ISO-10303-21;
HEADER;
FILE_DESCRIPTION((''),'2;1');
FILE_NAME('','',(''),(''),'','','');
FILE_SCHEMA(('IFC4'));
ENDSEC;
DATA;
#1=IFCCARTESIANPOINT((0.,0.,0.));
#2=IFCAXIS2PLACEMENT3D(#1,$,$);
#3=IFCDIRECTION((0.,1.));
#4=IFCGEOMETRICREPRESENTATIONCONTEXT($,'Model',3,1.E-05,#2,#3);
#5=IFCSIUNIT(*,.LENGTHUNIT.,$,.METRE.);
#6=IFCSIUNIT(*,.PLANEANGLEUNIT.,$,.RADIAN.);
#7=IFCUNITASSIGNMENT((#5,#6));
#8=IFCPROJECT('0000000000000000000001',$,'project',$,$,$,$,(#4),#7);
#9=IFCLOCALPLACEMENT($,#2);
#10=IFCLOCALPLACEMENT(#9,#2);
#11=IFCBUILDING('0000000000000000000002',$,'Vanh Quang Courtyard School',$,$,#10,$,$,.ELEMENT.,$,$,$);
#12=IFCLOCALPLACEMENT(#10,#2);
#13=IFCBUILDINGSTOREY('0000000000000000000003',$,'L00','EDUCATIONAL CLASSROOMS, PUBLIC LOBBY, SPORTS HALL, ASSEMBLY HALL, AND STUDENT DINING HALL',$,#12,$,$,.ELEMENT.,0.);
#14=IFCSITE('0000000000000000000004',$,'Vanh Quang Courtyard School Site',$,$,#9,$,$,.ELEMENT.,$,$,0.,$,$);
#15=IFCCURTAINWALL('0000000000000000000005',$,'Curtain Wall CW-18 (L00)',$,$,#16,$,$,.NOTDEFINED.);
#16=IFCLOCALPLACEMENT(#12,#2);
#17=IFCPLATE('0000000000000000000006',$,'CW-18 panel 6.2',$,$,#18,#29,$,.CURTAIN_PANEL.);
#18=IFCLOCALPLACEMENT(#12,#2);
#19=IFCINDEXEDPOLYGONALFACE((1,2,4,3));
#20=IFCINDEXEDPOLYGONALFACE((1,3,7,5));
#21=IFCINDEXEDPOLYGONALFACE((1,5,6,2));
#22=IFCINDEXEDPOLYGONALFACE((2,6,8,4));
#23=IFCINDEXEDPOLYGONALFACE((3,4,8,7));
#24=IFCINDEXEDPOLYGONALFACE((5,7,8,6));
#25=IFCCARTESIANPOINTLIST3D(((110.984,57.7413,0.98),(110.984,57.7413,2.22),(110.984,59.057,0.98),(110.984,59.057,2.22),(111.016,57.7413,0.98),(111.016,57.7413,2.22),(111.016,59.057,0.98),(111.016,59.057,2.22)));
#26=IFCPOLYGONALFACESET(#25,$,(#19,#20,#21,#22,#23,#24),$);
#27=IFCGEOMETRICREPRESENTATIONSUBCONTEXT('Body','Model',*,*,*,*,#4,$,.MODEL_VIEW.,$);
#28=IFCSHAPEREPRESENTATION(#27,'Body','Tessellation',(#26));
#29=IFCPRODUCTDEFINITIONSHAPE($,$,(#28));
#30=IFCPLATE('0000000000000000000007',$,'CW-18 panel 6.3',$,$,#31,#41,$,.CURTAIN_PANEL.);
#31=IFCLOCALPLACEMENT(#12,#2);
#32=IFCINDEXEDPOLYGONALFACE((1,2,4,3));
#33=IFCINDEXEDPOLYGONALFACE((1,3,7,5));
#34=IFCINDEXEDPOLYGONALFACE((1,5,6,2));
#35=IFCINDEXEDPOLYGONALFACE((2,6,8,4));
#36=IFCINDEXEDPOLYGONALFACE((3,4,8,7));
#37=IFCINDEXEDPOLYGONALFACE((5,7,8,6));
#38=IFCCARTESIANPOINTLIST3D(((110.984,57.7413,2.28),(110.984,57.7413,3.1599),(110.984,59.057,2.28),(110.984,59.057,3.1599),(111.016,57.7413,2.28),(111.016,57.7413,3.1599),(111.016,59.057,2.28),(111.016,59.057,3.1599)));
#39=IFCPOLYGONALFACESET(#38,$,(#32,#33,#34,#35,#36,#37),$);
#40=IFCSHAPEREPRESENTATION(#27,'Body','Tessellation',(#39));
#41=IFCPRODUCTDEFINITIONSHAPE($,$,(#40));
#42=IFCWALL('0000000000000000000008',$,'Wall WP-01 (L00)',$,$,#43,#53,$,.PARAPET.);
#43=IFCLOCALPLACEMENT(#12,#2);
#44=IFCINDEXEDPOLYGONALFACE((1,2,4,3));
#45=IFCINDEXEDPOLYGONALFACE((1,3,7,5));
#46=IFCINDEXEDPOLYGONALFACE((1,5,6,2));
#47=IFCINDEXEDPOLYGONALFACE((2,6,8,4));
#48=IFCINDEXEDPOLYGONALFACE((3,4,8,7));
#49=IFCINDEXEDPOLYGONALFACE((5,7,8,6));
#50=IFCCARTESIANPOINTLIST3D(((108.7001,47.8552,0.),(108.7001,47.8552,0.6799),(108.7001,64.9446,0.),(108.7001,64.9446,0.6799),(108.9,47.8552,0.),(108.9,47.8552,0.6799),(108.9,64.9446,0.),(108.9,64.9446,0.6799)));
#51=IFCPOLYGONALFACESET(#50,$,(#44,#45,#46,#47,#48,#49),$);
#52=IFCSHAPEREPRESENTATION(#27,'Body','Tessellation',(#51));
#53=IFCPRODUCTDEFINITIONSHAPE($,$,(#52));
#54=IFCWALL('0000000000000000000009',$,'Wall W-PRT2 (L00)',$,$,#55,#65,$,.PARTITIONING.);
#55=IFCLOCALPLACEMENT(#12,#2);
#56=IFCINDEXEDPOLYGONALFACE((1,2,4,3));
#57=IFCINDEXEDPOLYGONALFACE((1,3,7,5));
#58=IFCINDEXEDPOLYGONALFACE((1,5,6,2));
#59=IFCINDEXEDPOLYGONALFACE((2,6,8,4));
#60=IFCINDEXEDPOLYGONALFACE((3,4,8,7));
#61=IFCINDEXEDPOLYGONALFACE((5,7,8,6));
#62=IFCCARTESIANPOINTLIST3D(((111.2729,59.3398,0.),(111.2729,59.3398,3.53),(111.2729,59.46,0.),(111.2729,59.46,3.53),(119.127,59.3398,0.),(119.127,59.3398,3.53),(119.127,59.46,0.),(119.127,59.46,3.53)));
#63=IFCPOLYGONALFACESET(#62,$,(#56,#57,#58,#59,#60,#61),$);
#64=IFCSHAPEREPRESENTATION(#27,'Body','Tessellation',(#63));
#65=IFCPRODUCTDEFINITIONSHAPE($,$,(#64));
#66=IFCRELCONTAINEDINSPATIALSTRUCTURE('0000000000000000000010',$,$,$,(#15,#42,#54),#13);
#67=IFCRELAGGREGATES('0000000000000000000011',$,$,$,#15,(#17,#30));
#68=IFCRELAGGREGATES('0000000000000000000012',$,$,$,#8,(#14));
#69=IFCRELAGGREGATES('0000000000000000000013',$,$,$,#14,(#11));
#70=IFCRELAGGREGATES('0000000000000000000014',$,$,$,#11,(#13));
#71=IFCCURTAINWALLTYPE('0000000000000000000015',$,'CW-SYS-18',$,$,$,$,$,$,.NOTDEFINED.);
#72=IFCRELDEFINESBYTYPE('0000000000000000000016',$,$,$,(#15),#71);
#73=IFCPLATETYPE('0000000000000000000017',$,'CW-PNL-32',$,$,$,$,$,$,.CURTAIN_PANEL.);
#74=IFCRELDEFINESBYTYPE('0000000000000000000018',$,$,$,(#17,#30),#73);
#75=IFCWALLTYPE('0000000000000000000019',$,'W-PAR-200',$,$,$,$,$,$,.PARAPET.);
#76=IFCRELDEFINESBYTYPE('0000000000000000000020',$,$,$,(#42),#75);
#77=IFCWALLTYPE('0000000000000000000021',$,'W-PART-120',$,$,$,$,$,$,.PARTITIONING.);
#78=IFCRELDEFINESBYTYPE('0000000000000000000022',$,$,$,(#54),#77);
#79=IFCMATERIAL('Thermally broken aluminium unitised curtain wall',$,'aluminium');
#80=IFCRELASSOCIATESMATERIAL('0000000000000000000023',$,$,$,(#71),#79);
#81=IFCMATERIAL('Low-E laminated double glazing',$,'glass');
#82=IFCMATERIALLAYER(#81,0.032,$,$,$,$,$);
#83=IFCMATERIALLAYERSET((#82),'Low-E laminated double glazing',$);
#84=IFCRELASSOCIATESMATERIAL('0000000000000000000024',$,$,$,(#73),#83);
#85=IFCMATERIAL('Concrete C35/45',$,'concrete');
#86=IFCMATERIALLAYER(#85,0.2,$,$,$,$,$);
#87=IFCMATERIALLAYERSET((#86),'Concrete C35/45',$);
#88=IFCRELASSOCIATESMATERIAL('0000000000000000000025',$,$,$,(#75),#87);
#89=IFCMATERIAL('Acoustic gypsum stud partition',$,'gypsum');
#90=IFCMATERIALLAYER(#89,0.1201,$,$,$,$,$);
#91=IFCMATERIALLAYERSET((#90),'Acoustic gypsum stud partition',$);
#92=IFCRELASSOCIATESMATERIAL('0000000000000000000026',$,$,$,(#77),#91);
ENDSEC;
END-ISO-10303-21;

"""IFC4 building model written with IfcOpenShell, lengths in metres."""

from ifc_helpers import new_model, si_unit, direction, frame, frame_2d, origin, origin_2d, place, context, subcontext, project, spatial, rectangle, extrude, material, layer, layer_set, type_object, element, aggregate, save


model = new_model("IFC4")

# Units and contexts
model_context = context("Model", 3, precision=1e-05, world=origin(), true_north=direction((0.0, 1.0)))
body_context = subcontext(model_context, "Body", "Model", "MODEL_VIEW")
ifc_project = project(units=[si_unit("LENGTHUNIT", "METRE"), si_unit("PLANEANGLEUNIT", "RADIAN")], contexts=[model_context])

# Site, building, storey
site_placement = place(None, origin())
site = spatial("IfcSite", under=ifc_project, at=site_placement, Name="Vanh Quang Courtyard School Site", CompositionType="ELEMENT", RefElevation=0.0)
building_placement = place(site_placement, origin())
building = spatial("IfcBuilding", under=site, at=building_placement, Name="Vanh Quang Courtyard School", CompositionType="ELEMENT")
storey_placement = place(building_placement, origin())
storey = spatial("IfcBuildingStorey", under=building, at=storey_placement, Name="L00", Description="EDUCATIONAL CLASSROOMS, PUBLIC LOBBY, SPORTS HALL, ASSEMBLY HALL, AND STUDENT DINING HALL", CompositionType="ELEMENT", Elevation=0.0)

# Shared definitions
ifc_material_1 = material(Name="Concrete C35/45", Category="concrete")

# Curtain wall
ifc_material_2 = material(Name="Thermally broken aluminium unitised curtain wall", Category="aluminium")
curtain_wall_type_1 = type_object("IfcCurtainWallType", Name="CW-SYS-18", PredefinedType="NOTDEFINED", material=ifc_material_2)
curtain_wall_1_placement = place(storey_placement, origin())
curtain_wall_1 = element("IfcCurtainWall", 1, at=curtain_wall_1_placement, inside=storey, type_object=curtain_wall_type_1, Name="Curtain Wall CW-18 (L00)", PredefinedType="NOTDEFINED")

# Plates
ifc_material_3 = material(Name="Low-E laminated double glazing", Category="glass")
ifc_layer_1 = layer(ifc_material_3, 0.032)
ifc_layer_set_1 = layer_set([ifc_layer_1], Name="Low-E laminated double glazing")
plate_type_1 = type_object("IfcPlateType", Name="CW-PNL-32", PredefinedType="CURTAIN_PANEL", material=ifc_layer_set_1)
plate_1_placement = place(storey_placement, frame((111.0, 58.3992, 0.98), z_axis=(0.0, 0.0, 1.0), x_axis=(0.0, 1.0, 0.0)))
plate_1 = element("IfcPlate", 2, at=plate_1_placement, type_object=plate_type_1, Name="CW-18 panel 6.2", PredefinedType="CURTAIN_PANEL", context=body_context, shape_type="SweptSolid", body=[
    extrude(rectangle(XDim=1.3157, YDim=0.032, at=origin_2d()), origin(), (0.0, 0.0, 1.0), 1.24),
])
plate_2_placement = place(storey_placement, frame((111.0, 58.3992, 2.28), z_axis=(0.0, 0.0, 1.0), x_axis=(0.0, 1.0, 0.0)))
plate_2 = element("IfcPlate", 3, at=plate_2_placement, type_object=plate_type_1, Name="CW-18 panel 6.3", PredefinedType="CURTAIN_PANEL", context=body_context, shape_type="SweptSolid", body=[
    extrude(rectangle(XDim=1.3157, YDim=0.032, at=origin_2d()), origin(), (0.0, 0.0, 1.0), 0.8799),
])
aggregate(curtain_wall_1, [plate_1, plate_2])

# Walls
ifc_layer_2 = layer(ifc_material_1, 0.2)
ifc_layer_set_2 = layer_set([ifc_layer_2], Name="Concrete C35/45")
wall_type_1 = type_object("IfcWallType", Name="W-PAR-200", PredefinedType="PARAPET", material=ifc_layer_set_2)
wall_1_placement = place(storey_placement, frame((108.8, 64.9446, 0.0), z_axis=(0.0, 0.0, 1.0), x_axis=(0.0, -1.0, 0.0)))
element("IfcWall", 4, at=wall_1_placement, inside=storey, type_object=wall_type_1, Name="Wall WP-01 (L00)", PredefinedType="PARAPET", context=body_context, shape_type="SweptSolid", body=[
    extrude(rectangle(XDim=17.0894, YDim=0.2, at=frame_2d((8.5447, 0.0))), origin(), (0.0, 0.0, 1.0), 0.6799),
])
ifc_material_4 = material(Name="Acoustic gypsum stud partition", Category="gypsum")
ifc_layer_3 = layer(ifc_material_4, 0.1201)
ifc_layer_set_3 = layer_set([ifc_layer_3], Name="Acoustic gypsum stud partition")
wall_type_2 = type_object("IfcWallType", Name="W-PART-120", PredefinedType="PARTITIONING", material=ifc_layer_set_3)
wall_2_placement = place(storey_placement, frame((111.2729, 59.3999, 0.0), z_axis=(0.0, 0.0, 1.0), x_axis=(1.0, 0.0, 0.0)))
element("IfcWall", 5, at=wall_2_placement, inside=storey, type_object=wall_type_2, Name="Wall W-PRT2 (L00)", PredefinedType="PARTITIONING", context=body_context, shape_type="SweptSolid", body=[
    extrude(rectangle(XDim=7.854, YDim=0.1201, at=frame_2d((3.927, 0.0))), origin(), (0.0, 0.0, 1.0), 3.53),
])

save(model, "model.ifc")
